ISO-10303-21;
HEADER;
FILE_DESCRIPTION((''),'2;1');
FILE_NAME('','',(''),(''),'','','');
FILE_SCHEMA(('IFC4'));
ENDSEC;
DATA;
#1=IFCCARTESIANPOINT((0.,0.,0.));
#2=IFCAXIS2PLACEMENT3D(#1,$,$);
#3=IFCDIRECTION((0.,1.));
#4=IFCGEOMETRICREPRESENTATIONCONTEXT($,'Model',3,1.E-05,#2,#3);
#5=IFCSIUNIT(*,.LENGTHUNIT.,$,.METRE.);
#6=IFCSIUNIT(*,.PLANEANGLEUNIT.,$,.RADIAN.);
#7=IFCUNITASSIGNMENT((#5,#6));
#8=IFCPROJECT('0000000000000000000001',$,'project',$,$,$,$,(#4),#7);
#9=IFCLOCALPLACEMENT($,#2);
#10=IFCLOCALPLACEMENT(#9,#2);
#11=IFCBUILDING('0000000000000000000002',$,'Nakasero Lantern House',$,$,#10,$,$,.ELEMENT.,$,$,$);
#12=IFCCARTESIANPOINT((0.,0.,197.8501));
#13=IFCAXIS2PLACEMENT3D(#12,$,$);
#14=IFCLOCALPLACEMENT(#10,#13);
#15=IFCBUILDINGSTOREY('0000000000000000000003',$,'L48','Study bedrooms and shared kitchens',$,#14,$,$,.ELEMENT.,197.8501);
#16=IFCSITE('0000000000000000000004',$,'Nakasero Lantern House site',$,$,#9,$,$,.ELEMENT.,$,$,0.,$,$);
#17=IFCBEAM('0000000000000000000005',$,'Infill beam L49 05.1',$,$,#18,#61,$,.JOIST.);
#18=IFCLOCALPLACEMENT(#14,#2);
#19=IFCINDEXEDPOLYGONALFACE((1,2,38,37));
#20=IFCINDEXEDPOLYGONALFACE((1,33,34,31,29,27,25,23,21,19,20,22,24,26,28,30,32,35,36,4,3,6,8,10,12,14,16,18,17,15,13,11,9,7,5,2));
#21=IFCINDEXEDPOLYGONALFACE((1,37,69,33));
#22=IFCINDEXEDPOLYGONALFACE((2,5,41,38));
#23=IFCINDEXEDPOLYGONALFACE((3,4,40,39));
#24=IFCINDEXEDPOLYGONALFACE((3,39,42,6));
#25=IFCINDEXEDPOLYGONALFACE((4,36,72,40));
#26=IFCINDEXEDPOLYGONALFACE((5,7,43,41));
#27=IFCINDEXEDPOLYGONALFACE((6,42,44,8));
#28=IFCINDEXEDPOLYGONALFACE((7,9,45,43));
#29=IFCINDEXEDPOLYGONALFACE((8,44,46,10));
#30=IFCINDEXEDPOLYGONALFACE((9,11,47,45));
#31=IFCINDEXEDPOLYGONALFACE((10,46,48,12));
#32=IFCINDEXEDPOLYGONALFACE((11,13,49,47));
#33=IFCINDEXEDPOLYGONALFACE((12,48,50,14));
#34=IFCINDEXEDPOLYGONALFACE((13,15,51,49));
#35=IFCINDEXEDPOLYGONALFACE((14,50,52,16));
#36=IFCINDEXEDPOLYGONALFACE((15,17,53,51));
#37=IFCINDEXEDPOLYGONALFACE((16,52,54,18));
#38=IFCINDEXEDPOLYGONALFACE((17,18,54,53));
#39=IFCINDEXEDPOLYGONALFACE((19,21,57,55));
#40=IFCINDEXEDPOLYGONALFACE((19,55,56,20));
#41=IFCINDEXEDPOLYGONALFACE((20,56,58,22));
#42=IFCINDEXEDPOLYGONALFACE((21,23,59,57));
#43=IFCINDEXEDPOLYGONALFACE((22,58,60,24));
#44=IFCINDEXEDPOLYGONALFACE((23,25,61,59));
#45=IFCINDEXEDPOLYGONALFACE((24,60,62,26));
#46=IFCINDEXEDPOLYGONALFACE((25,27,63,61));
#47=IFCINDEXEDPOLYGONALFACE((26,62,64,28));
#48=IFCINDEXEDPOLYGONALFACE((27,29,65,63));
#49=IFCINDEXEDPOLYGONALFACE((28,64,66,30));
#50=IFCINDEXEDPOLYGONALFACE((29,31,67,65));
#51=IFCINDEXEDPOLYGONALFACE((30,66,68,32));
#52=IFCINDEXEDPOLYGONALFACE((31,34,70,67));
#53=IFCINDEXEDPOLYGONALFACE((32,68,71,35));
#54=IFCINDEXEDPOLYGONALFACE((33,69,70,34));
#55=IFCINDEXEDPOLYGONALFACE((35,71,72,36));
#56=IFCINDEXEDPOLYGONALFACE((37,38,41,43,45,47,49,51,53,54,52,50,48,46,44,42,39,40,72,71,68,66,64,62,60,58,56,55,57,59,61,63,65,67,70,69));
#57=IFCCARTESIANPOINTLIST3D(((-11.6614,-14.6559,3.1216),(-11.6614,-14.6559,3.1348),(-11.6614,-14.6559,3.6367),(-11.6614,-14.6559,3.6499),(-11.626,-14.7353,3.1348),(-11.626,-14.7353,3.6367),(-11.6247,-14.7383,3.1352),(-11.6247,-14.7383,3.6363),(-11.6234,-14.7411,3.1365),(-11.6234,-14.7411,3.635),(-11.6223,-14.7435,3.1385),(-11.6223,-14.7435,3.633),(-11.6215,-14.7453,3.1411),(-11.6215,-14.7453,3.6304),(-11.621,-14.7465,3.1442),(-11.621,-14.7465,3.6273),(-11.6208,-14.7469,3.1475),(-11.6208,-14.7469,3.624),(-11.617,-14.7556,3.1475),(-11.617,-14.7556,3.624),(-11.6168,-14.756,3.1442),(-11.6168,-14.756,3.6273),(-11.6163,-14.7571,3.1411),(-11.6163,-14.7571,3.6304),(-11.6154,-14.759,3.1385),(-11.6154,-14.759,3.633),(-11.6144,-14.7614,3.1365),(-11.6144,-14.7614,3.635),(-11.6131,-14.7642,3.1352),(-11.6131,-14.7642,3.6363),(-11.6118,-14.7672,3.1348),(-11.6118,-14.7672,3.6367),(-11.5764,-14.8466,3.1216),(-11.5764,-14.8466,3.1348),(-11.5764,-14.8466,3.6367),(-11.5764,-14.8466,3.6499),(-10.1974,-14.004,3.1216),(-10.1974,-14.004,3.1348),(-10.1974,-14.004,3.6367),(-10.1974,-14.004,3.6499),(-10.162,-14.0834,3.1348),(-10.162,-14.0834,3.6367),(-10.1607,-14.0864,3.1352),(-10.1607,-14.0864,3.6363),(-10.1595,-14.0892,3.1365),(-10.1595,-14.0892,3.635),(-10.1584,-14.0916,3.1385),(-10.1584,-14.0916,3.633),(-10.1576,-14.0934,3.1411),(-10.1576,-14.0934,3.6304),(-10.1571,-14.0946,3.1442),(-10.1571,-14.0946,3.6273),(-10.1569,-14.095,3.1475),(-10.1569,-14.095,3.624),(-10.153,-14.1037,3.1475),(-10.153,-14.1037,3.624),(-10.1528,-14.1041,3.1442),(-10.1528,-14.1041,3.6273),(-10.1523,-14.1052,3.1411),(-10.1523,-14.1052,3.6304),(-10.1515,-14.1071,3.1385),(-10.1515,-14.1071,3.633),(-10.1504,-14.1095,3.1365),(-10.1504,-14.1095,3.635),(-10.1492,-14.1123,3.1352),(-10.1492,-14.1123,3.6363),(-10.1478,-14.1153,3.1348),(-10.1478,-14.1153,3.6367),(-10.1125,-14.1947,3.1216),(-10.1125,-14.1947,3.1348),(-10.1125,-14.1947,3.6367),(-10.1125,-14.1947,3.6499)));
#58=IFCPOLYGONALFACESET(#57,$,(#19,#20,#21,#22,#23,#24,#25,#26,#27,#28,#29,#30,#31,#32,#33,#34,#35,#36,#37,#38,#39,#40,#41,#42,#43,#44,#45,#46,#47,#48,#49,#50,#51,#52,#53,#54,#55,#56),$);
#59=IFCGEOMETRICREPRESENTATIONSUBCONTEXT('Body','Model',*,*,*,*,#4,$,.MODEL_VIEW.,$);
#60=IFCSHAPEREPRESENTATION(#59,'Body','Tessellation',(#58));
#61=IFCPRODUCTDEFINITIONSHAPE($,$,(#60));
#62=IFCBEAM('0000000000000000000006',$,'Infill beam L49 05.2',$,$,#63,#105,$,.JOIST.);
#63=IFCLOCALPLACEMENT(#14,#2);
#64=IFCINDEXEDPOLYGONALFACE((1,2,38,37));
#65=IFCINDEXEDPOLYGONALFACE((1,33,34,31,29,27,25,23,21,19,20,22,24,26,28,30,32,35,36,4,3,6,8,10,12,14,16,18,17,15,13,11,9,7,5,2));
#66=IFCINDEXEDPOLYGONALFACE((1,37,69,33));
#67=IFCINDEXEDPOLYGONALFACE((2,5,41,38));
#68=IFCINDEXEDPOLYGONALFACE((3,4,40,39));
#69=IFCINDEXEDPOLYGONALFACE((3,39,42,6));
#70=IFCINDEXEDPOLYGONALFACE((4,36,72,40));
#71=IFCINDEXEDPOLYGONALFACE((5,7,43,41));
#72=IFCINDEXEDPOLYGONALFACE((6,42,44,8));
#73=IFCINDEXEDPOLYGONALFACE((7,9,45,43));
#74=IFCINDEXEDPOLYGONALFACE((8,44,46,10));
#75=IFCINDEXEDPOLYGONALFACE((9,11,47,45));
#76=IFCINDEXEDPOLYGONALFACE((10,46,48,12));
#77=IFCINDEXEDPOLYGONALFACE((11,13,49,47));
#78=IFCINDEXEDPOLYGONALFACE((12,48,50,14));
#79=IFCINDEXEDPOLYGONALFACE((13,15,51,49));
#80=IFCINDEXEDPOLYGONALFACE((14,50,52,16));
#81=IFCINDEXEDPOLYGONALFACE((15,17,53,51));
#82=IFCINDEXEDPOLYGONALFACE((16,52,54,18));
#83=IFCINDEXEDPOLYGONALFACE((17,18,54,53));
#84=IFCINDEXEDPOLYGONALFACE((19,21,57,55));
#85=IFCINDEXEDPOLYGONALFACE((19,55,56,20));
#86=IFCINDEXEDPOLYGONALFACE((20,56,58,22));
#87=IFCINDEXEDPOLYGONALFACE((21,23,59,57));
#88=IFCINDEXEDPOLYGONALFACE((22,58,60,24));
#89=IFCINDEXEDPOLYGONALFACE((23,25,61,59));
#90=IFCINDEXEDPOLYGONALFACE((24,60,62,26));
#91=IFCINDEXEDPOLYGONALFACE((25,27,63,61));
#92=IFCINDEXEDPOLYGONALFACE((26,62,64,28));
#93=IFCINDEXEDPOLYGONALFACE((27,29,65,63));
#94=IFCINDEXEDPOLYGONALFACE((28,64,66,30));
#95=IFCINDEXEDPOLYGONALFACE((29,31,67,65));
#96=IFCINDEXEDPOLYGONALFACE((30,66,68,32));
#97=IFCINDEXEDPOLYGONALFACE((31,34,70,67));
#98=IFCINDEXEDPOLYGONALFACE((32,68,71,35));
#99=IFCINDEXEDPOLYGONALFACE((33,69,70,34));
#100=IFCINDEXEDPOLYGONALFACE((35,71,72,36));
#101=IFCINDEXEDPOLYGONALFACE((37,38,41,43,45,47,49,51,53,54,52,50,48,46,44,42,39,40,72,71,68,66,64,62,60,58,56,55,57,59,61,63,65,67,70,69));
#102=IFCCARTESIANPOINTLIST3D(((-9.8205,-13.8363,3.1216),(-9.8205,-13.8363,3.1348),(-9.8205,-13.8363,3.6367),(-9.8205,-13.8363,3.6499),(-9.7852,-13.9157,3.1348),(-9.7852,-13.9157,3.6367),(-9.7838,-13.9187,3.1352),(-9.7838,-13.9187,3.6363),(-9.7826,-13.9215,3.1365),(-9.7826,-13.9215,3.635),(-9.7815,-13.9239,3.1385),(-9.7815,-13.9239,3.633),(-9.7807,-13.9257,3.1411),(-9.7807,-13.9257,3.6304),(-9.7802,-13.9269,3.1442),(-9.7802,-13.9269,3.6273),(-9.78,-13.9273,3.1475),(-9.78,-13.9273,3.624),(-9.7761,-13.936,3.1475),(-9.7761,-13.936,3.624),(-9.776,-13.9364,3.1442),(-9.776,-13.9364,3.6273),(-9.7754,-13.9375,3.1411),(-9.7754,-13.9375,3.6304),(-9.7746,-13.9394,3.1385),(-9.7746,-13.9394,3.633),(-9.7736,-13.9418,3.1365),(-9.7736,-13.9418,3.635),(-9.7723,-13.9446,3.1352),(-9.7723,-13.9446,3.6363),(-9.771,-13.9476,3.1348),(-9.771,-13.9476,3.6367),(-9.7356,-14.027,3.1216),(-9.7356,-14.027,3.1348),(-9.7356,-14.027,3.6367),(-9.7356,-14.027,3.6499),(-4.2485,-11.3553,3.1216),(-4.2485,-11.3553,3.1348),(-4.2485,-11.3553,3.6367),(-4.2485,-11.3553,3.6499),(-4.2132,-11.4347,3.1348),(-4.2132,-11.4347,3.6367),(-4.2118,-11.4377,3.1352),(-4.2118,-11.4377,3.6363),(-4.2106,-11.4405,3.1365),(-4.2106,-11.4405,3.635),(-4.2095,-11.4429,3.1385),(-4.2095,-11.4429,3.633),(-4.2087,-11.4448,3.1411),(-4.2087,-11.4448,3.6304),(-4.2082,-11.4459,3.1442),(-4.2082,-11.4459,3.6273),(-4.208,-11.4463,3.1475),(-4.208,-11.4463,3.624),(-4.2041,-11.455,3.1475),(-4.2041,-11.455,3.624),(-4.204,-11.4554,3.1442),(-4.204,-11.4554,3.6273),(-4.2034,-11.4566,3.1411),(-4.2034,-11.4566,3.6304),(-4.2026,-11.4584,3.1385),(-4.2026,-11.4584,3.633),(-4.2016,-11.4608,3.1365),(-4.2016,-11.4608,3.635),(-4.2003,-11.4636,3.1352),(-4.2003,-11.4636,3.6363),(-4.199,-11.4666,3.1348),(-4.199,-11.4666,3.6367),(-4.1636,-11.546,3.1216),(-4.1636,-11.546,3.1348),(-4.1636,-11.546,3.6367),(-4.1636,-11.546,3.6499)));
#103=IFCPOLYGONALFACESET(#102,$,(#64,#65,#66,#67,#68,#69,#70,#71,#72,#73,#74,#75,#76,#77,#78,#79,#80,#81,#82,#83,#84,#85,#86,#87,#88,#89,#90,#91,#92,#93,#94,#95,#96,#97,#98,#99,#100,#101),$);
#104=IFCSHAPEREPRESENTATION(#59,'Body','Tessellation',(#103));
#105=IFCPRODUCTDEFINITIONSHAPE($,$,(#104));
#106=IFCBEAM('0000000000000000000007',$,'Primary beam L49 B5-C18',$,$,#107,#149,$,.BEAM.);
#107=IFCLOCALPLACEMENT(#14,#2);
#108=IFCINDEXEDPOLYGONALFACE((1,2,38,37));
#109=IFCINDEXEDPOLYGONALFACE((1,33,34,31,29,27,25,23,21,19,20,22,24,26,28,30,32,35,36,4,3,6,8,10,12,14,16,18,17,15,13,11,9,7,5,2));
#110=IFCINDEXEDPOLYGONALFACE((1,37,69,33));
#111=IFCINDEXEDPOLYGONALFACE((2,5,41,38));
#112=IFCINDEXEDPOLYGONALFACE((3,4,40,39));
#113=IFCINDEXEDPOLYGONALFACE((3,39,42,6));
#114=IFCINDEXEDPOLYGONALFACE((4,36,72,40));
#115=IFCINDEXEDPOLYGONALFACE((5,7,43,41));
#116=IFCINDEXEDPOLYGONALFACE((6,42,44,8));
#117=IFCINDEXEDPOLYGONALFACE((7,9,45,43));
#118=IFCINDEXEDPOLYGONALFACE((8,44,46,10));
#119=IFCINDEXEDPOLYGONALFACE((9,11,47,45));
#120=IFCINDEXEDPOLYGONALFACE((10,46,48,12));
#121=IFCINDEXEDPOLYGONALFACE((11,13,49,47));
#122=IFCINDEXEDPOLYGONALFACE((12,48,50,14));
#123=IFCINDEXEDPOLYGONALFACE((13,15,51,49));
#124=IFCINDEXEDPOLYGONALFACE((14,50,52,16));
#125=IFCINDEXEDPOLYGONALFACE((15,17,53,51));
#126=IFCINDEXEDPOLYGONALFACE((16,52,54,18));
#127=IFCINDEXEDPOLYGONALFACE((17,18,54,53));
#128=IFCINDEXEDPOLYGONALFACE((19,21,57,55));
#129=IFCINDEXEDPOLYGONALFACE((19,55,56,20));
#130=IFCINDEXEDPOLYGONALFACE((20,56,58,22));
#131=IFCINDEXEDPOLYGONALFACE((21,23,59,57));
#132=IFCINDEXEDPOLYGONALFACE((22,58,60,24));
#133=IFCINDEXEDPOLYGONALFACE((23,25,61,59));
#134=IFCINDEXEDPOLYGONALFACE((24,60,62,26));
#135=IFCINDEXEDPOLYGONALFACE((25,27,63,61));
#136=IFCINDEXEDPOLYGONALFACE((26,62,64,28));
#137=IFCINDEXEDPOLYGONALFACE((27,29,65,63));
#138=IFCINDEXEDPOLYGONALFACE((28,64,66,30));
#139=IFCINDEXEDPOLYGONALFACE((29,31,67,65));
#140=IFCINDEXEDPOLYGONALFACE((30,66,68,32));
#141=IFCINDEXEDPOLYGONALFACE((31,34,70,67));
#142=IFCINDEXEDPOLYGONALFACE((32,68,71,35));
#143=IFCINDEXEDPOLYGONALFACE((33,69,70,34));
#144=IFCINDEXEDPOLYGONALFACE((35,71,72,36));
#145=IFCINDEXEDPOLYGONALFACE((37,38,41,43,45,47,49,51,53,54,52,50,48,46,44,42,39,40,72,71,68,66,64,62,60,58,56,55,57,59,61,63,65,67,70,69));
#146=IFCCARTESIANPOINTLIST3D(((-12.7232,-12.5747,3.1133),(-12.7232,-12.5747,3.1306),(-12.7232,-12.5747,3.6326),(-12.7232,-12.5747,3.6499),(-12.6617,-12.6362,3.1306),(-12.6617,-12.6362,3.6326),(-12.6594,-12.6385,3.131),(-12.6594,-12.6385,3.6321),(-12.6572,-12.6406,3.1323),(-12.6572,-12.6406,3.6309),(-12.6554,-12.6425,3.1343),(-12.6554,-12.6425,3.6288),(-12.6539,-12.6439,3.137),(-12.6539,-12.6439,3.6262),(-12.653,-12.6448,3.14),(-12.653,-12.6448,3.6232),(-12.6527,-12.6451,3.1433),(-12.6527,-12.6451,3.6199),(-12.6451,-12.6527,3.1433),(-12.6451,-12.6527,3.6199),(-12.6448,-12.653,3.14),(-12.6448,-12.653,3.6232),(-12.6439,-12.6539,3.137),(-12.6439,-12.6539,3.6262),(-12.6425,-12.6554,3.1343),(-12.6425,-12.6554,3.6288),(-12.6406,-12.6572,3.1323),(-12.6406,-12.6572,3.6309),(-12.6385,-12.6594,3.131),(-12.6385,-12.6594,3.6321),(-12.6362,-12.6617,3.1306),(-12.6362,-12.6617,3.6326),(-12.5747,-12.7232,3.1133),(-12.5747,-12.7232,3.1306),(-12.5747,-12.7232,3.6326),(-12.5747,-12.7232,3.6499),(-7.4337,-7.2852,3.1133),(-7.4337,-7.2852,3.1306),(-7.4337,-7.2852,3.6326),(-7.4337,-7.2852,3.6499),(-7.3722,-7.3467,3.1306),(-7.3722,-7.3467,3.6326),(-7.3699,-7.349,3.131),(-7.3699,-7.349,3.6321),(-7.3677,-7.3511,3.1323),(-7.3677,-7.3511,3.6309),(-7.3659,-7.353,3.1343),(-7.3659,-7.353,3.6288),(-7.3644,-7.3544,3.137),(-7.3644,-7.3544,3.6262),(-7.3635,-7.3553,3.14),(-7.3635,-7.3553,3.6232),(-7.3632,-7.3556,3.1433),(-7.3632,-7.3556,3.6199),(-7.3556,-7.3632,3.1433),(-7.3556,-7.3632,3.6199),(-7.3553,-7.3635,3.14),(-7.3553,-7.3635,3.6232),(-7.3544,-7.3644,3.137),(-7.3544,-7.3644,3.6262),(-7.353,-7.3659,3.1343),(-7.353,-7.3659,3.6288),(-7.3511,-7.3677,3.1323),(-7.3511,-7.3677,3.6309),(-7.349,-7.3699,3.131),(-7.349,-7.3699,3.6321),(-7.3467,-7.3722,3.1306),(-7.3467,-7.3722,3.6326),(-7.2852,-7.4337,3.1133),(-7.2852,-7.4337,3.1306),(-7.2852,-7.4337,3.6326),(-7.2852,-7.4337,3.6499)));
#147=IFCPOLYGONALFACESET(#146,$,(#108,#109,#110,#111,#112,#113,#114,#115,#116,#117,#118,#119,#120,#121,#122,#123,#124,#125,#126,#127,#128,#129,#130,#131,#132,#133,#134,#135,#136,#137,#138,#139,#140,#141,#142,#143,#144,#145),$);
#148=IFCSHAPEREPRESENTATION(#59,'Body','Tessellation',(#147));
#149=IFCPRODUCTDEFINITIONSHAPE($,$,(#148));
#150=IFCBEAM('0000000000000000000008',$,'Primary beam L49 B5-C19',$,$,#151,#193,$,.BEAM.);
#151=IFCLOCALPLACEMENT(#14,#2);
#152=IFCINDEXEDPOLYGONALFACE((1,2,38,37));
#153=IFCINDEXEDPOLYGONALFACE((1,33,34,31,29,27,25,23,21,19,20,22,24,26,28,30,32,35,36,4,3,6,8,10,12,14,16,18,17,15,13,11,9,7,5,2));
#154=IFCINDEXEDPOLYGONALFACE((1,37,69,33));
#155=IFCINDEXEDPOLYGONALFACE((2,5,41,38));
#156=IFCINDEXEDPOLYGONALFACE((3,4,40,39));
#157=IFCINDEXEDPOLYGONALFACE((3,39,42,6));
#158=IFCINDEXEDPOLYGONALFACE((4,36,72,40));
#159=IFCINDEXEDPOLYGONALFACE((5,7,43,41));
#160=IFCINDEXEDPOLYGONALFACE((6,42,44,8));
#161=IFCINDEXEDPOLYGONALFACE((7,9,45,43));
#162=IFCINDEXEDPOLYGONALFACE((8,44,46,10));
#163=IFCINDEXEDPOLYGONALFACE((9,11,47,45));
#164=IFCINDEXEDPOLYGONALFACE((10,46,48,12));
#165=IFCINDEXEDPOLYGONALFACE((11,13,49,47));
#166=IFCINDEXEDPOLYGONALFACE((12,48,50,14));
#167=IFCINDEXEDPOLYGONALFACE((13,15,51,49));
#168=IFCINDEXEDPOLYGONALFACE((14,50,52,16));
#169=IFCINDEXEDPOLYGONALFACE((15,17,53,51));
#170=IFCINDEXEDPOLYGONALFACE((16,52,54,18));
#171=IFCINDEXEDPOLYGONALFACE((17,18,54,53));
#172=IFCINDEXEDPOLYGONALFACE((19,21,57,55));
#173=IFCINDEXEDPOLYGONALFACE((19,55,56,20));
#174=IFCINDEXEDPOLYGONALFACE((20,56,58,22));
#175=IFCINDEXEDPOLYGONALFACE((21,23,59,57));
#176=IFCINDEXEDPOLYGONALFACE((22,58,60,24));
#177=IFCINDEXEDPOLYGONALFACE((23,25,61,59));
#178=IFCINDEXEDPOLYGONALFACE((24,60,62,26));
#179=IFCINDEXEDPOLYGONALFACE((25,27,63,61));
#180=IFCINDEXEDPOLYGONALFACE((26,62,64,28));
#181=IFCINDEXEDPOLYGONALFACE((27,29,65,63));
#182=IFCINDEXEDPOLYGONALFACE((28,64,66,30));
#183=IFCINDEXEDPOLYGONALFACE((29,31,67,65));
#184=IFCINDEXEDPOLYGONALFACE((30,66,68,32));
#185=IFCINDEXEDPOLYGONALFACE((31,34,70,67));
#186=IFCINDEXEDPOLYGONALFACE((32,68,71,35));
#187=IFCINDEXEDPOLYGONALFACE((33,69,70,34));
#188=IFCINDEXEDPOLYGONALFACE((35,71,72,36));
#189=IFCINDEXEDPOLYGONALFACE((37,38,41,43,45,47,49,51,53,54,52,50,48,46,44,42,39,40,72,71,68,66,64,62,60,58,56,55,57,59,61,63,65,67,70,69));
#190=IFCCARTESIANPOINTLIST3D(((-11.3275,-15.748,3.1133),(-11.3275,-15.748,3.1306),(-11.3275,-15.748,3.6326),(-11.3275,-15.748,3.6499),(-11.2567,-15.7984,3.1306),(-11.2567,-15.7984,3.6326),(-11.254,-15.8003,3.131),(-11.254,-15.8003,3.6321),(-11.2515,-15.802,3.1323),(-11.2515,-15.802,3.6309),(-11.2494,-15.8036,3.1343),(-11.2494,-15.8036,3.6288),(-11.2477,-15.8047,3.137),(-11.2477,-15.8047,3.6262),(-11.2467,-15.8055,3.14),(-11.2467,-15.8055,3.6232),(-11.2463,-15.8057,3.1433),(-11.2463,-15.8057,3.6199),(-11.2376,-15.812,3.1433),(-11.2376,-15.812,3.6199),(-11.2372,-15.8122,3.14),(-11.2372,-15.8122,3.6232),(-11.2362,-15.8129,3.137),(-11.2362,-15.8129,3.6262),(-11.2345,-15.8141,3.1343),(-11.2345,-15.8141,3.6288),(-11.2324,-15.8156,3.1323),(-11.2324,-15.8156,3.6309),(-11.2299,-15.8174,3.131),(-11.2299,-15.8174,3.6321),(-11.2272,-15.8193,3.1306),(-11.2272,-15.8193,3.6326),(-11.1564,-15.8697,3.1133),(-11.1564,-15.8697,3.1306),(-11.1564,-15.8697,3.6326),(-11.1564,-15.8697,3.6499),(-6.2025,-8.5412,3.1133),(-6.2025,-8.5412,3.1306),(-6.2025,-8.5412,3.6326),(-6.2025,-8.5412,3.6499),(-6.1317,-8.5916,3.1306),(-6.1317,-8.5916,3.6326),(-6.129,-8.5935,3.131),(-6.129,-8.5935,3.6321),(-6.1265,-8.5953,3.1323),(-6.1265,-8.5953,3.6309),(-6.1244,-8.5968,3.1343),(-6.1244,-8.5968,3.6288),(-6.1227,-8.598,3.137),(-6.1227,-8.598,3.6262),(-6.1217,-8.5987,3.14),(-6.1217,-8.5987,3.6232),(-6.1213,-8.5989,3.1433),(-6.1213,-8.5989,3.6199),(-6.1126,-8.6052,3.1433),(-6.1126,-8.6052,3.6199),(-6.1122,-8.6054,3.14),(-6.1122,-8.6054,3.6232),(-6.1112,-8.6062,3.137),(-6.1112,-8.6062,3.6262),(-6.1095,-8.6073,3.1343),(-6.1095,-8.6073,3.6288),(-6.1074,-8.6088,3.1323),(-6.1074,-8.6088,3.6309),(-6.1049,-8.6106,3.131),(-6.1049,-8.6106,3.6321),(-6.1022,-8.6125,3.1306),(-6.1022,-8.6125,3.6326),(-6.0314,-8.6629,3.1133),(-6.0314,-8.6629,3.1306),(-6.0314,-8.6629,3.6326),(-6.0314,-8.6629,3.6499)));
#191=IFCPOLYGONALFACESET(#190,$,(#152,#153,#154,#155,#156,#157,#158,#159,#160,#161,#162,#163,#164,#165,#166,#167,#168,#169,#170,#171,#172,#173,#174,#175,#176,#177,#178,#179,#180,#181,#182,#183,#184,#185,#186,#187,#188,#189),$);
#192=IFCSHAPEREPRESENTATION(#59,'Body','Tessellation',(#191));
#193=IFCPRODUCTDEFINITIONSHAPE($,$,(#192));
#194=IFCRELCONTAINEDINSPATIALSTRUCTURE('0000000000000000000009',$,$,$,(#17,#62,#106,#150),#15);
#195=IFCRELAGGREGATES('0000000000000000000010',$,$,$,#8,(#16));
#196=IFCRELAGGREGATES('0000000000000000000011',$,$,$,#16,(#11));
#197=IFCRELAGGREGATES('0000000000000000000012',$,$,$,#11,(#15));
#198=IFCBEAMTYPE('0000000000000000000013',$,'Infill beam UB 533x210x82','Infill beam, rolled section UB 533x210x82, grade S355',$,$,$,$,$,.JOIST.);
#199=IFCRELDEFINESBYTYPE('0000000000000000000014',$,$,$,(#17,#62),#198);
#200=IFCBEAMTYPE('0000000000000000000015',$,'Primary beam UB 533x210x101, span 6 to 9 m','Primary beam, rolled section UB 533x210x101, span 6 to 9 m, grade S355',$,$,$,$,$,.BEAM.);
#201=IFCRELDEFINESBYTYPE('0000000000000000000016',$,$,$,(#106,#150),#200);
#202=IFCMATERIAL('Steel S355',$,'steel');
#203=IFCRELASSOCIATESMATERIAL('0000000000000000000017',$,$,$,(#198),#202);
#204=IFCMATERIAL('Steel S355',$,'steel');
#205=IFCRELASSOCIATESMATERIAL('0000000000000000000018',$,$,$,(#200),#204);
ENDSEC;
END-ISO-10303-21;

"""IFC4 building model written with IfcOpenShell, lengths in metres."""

from ifc_helpers import new_model, si_unit, direction, frame, origin, origin_2d, place, context, subcontext, project, spatial, i_section, extrude, material, material_profile, profile_set, type_object, element, save


model = new_model("IFC4")

# Units and contexts
model_context = context("Model", 3, precision=1e-05, world=origin(), true_north=direction((0.0, 1.0)))
body_context = subcontext(model_context, "Body", "Model", "MODEL_VIEW")
ifc_project = project(units=[si_unit("LENGTHUNIT", "METRE"), si_unit("PLANEANGLEUNIT", "RADIAN")], contexts=[model_context])

# Site, building, storey
site_placement = place(None, origin())
site = spatial("IfcSite", under=ifc_project, at=site_placement, Name="Nakasero Lantern House site", CompositionType="ELEMENT", RefElevation=0.0)
building_placement = place(site_placement, origin())
building = spatial("IfcBuilding", under=site, at=building_placement, Name="Nakasero Lantern House", CompositionType="ELEMENT")
storey_placement = place(building_placement, frame((0.0, 0.0, 197.8501)))
storey = spatial("IfcBuildingStorey", under=building, at=storey_placement, Name="L48", Description="Study bedrooms and shared kitchens", CompositionType="ELEMENT", Elevation=197.8501)

# Beams
ifc_material_1 = material(Name="Steel S355", Category="steel")
ifc_material_profile_1 = material_profile(ifc_material_1, i_section(OverallWidth=0.2087, OverallDepth=0.5283, WebThickness=0.0095, FlangeThickness=0.0132, FilletRadius=0.0127, at=origin_2d()), Name="UB 533x210x82")
ifc_profile_set_1 = profile_set([ifc_material_profile_1], Name="Steel S355")
beam_type_1 = type_object("IfcBeamType", Name="Infill beam UB 533x210x82", Description="Infill beam, rolled section UB 533x210x82, grade S355", PredefinedType="JOIST", material=ifc_profile_set_1)
beam_1_placement = place(storey_placement, frame((-11.6189, -14.7512, 3.3857), z_axis=(0.913522, 0.406789, 0.0), x_axis=(-0.406789, 0.913522, 0.0)))
element("IfcBeam", 1, at=beam_1_placement, inside=storey, type_object=beam_type_1, Name="Infill beam L49 05.1", PredefinedType="JOIST", context=body_context, shape_type="SweptSolid", body=[
    extrude(i_section(OverallWidth=0.2087, OverallDepth=0.5283, WebThickness=0.0095, FlangeThickness=0.0132, FilletRadius=0.0127, at=origin_2d()), origin(), (0.0, 0.0, 1.0), 1.6025),
])
beam_2_placement = place(storey_placement, frame((-9.7781, -13.9316, 3.3857), z_axis=(0.913537, 0.406755, 0.0), x_axis=(-0.406755, 0.913537, 0.0)))
element("IfcBeam", 2, at=beam_2_placement, inside=storey, type_object=beam_type_1, Name="Infill beam L49 05.2", PredefinedType="JOIST", context=body_context, shape_type="SweptSolid", body=[
    extrude(i_section(OverallWidth=0.2087, OverallDepth=0.5283, WebThickness=0.0095, FlangeThickness=0.0132, FilletRadius=0.0127, at=origin_2d()), origin(), (0.0, 0.0, 1.0), 6.0994),
])
ifc_material_2 = material(Name="Steel S355", Category="steel")
ifc_material_profile_2 = material_profile(ifc_material_2, i_section(OverallWidth=0.21, OverallDepth=0.5366, WebThickness=0.0107, FlangeThickness=0.0173, FilletRadius=0.0127, at=origin_2d()), Name="UB 533x210x101")
ifc_profile_set_2 = profile_set([ifc_material_profile_2], Name="Steel S355")
beam_type_2 = type_object("IfcBeamType", Name="Primary beam UB 533x210x101, span 6 to 9 m", Description="Primary beam, rolled section UB 533x210x101, span 6 to 9 m, grade S355", PredefinedType="BEAM", material=ifc_profile_set_2)
beam_3_placement = place(storey_placement, frame((-12.6489, -12.6489, 3.3816), z_axis=(0.707107, 0.707107, 0.0), x_axis=(-0.707107, 0.707107, 0.0)))
element("IfcBeam", 3, at=beam_3_placement, inside=storey, type_object=beam_type_2, Name="Primary beam L49 B5-C18", PredefinedType="BEAM", context=body_context, shape_type="SweptSolid", body=[
    extrude(i_section(OverallWidth=0.21, OverallDepth=0.5366, WebThickness=0.0107, FlangeThickness=0.0173, FilletRadius=0.0127, at=origin_2d()), origin(), (0.0, 0.0, 1.0), 7.4805),
])
beam_4_placement = place(storey_placement, frame((-11.2419, -15.8088, 3.3816), z_axis=(0.579537, 0.814946, 0.0), x_axis=(-0.814946, 0.579537, 0.0)))
element("IfcBeam", 4, at=beam_4_placement, inside=storey, type_object=beam_type_2, Name="Primary beam L49 B5-C19", PredefinedType="BEAM", context=body_context, shape_type="SweptSolid", body=[
    extrude(i_section(OverallWidth=0.21, OverallDepth=0.5366, WebThickness=0.0107, FlangeThickness=0.0173, FilletRadius=0.0127, at=origin_2d()), origin(), (0.0, 0.0, 1.0), 8.8433),
])

save(model, "model.ifc")
